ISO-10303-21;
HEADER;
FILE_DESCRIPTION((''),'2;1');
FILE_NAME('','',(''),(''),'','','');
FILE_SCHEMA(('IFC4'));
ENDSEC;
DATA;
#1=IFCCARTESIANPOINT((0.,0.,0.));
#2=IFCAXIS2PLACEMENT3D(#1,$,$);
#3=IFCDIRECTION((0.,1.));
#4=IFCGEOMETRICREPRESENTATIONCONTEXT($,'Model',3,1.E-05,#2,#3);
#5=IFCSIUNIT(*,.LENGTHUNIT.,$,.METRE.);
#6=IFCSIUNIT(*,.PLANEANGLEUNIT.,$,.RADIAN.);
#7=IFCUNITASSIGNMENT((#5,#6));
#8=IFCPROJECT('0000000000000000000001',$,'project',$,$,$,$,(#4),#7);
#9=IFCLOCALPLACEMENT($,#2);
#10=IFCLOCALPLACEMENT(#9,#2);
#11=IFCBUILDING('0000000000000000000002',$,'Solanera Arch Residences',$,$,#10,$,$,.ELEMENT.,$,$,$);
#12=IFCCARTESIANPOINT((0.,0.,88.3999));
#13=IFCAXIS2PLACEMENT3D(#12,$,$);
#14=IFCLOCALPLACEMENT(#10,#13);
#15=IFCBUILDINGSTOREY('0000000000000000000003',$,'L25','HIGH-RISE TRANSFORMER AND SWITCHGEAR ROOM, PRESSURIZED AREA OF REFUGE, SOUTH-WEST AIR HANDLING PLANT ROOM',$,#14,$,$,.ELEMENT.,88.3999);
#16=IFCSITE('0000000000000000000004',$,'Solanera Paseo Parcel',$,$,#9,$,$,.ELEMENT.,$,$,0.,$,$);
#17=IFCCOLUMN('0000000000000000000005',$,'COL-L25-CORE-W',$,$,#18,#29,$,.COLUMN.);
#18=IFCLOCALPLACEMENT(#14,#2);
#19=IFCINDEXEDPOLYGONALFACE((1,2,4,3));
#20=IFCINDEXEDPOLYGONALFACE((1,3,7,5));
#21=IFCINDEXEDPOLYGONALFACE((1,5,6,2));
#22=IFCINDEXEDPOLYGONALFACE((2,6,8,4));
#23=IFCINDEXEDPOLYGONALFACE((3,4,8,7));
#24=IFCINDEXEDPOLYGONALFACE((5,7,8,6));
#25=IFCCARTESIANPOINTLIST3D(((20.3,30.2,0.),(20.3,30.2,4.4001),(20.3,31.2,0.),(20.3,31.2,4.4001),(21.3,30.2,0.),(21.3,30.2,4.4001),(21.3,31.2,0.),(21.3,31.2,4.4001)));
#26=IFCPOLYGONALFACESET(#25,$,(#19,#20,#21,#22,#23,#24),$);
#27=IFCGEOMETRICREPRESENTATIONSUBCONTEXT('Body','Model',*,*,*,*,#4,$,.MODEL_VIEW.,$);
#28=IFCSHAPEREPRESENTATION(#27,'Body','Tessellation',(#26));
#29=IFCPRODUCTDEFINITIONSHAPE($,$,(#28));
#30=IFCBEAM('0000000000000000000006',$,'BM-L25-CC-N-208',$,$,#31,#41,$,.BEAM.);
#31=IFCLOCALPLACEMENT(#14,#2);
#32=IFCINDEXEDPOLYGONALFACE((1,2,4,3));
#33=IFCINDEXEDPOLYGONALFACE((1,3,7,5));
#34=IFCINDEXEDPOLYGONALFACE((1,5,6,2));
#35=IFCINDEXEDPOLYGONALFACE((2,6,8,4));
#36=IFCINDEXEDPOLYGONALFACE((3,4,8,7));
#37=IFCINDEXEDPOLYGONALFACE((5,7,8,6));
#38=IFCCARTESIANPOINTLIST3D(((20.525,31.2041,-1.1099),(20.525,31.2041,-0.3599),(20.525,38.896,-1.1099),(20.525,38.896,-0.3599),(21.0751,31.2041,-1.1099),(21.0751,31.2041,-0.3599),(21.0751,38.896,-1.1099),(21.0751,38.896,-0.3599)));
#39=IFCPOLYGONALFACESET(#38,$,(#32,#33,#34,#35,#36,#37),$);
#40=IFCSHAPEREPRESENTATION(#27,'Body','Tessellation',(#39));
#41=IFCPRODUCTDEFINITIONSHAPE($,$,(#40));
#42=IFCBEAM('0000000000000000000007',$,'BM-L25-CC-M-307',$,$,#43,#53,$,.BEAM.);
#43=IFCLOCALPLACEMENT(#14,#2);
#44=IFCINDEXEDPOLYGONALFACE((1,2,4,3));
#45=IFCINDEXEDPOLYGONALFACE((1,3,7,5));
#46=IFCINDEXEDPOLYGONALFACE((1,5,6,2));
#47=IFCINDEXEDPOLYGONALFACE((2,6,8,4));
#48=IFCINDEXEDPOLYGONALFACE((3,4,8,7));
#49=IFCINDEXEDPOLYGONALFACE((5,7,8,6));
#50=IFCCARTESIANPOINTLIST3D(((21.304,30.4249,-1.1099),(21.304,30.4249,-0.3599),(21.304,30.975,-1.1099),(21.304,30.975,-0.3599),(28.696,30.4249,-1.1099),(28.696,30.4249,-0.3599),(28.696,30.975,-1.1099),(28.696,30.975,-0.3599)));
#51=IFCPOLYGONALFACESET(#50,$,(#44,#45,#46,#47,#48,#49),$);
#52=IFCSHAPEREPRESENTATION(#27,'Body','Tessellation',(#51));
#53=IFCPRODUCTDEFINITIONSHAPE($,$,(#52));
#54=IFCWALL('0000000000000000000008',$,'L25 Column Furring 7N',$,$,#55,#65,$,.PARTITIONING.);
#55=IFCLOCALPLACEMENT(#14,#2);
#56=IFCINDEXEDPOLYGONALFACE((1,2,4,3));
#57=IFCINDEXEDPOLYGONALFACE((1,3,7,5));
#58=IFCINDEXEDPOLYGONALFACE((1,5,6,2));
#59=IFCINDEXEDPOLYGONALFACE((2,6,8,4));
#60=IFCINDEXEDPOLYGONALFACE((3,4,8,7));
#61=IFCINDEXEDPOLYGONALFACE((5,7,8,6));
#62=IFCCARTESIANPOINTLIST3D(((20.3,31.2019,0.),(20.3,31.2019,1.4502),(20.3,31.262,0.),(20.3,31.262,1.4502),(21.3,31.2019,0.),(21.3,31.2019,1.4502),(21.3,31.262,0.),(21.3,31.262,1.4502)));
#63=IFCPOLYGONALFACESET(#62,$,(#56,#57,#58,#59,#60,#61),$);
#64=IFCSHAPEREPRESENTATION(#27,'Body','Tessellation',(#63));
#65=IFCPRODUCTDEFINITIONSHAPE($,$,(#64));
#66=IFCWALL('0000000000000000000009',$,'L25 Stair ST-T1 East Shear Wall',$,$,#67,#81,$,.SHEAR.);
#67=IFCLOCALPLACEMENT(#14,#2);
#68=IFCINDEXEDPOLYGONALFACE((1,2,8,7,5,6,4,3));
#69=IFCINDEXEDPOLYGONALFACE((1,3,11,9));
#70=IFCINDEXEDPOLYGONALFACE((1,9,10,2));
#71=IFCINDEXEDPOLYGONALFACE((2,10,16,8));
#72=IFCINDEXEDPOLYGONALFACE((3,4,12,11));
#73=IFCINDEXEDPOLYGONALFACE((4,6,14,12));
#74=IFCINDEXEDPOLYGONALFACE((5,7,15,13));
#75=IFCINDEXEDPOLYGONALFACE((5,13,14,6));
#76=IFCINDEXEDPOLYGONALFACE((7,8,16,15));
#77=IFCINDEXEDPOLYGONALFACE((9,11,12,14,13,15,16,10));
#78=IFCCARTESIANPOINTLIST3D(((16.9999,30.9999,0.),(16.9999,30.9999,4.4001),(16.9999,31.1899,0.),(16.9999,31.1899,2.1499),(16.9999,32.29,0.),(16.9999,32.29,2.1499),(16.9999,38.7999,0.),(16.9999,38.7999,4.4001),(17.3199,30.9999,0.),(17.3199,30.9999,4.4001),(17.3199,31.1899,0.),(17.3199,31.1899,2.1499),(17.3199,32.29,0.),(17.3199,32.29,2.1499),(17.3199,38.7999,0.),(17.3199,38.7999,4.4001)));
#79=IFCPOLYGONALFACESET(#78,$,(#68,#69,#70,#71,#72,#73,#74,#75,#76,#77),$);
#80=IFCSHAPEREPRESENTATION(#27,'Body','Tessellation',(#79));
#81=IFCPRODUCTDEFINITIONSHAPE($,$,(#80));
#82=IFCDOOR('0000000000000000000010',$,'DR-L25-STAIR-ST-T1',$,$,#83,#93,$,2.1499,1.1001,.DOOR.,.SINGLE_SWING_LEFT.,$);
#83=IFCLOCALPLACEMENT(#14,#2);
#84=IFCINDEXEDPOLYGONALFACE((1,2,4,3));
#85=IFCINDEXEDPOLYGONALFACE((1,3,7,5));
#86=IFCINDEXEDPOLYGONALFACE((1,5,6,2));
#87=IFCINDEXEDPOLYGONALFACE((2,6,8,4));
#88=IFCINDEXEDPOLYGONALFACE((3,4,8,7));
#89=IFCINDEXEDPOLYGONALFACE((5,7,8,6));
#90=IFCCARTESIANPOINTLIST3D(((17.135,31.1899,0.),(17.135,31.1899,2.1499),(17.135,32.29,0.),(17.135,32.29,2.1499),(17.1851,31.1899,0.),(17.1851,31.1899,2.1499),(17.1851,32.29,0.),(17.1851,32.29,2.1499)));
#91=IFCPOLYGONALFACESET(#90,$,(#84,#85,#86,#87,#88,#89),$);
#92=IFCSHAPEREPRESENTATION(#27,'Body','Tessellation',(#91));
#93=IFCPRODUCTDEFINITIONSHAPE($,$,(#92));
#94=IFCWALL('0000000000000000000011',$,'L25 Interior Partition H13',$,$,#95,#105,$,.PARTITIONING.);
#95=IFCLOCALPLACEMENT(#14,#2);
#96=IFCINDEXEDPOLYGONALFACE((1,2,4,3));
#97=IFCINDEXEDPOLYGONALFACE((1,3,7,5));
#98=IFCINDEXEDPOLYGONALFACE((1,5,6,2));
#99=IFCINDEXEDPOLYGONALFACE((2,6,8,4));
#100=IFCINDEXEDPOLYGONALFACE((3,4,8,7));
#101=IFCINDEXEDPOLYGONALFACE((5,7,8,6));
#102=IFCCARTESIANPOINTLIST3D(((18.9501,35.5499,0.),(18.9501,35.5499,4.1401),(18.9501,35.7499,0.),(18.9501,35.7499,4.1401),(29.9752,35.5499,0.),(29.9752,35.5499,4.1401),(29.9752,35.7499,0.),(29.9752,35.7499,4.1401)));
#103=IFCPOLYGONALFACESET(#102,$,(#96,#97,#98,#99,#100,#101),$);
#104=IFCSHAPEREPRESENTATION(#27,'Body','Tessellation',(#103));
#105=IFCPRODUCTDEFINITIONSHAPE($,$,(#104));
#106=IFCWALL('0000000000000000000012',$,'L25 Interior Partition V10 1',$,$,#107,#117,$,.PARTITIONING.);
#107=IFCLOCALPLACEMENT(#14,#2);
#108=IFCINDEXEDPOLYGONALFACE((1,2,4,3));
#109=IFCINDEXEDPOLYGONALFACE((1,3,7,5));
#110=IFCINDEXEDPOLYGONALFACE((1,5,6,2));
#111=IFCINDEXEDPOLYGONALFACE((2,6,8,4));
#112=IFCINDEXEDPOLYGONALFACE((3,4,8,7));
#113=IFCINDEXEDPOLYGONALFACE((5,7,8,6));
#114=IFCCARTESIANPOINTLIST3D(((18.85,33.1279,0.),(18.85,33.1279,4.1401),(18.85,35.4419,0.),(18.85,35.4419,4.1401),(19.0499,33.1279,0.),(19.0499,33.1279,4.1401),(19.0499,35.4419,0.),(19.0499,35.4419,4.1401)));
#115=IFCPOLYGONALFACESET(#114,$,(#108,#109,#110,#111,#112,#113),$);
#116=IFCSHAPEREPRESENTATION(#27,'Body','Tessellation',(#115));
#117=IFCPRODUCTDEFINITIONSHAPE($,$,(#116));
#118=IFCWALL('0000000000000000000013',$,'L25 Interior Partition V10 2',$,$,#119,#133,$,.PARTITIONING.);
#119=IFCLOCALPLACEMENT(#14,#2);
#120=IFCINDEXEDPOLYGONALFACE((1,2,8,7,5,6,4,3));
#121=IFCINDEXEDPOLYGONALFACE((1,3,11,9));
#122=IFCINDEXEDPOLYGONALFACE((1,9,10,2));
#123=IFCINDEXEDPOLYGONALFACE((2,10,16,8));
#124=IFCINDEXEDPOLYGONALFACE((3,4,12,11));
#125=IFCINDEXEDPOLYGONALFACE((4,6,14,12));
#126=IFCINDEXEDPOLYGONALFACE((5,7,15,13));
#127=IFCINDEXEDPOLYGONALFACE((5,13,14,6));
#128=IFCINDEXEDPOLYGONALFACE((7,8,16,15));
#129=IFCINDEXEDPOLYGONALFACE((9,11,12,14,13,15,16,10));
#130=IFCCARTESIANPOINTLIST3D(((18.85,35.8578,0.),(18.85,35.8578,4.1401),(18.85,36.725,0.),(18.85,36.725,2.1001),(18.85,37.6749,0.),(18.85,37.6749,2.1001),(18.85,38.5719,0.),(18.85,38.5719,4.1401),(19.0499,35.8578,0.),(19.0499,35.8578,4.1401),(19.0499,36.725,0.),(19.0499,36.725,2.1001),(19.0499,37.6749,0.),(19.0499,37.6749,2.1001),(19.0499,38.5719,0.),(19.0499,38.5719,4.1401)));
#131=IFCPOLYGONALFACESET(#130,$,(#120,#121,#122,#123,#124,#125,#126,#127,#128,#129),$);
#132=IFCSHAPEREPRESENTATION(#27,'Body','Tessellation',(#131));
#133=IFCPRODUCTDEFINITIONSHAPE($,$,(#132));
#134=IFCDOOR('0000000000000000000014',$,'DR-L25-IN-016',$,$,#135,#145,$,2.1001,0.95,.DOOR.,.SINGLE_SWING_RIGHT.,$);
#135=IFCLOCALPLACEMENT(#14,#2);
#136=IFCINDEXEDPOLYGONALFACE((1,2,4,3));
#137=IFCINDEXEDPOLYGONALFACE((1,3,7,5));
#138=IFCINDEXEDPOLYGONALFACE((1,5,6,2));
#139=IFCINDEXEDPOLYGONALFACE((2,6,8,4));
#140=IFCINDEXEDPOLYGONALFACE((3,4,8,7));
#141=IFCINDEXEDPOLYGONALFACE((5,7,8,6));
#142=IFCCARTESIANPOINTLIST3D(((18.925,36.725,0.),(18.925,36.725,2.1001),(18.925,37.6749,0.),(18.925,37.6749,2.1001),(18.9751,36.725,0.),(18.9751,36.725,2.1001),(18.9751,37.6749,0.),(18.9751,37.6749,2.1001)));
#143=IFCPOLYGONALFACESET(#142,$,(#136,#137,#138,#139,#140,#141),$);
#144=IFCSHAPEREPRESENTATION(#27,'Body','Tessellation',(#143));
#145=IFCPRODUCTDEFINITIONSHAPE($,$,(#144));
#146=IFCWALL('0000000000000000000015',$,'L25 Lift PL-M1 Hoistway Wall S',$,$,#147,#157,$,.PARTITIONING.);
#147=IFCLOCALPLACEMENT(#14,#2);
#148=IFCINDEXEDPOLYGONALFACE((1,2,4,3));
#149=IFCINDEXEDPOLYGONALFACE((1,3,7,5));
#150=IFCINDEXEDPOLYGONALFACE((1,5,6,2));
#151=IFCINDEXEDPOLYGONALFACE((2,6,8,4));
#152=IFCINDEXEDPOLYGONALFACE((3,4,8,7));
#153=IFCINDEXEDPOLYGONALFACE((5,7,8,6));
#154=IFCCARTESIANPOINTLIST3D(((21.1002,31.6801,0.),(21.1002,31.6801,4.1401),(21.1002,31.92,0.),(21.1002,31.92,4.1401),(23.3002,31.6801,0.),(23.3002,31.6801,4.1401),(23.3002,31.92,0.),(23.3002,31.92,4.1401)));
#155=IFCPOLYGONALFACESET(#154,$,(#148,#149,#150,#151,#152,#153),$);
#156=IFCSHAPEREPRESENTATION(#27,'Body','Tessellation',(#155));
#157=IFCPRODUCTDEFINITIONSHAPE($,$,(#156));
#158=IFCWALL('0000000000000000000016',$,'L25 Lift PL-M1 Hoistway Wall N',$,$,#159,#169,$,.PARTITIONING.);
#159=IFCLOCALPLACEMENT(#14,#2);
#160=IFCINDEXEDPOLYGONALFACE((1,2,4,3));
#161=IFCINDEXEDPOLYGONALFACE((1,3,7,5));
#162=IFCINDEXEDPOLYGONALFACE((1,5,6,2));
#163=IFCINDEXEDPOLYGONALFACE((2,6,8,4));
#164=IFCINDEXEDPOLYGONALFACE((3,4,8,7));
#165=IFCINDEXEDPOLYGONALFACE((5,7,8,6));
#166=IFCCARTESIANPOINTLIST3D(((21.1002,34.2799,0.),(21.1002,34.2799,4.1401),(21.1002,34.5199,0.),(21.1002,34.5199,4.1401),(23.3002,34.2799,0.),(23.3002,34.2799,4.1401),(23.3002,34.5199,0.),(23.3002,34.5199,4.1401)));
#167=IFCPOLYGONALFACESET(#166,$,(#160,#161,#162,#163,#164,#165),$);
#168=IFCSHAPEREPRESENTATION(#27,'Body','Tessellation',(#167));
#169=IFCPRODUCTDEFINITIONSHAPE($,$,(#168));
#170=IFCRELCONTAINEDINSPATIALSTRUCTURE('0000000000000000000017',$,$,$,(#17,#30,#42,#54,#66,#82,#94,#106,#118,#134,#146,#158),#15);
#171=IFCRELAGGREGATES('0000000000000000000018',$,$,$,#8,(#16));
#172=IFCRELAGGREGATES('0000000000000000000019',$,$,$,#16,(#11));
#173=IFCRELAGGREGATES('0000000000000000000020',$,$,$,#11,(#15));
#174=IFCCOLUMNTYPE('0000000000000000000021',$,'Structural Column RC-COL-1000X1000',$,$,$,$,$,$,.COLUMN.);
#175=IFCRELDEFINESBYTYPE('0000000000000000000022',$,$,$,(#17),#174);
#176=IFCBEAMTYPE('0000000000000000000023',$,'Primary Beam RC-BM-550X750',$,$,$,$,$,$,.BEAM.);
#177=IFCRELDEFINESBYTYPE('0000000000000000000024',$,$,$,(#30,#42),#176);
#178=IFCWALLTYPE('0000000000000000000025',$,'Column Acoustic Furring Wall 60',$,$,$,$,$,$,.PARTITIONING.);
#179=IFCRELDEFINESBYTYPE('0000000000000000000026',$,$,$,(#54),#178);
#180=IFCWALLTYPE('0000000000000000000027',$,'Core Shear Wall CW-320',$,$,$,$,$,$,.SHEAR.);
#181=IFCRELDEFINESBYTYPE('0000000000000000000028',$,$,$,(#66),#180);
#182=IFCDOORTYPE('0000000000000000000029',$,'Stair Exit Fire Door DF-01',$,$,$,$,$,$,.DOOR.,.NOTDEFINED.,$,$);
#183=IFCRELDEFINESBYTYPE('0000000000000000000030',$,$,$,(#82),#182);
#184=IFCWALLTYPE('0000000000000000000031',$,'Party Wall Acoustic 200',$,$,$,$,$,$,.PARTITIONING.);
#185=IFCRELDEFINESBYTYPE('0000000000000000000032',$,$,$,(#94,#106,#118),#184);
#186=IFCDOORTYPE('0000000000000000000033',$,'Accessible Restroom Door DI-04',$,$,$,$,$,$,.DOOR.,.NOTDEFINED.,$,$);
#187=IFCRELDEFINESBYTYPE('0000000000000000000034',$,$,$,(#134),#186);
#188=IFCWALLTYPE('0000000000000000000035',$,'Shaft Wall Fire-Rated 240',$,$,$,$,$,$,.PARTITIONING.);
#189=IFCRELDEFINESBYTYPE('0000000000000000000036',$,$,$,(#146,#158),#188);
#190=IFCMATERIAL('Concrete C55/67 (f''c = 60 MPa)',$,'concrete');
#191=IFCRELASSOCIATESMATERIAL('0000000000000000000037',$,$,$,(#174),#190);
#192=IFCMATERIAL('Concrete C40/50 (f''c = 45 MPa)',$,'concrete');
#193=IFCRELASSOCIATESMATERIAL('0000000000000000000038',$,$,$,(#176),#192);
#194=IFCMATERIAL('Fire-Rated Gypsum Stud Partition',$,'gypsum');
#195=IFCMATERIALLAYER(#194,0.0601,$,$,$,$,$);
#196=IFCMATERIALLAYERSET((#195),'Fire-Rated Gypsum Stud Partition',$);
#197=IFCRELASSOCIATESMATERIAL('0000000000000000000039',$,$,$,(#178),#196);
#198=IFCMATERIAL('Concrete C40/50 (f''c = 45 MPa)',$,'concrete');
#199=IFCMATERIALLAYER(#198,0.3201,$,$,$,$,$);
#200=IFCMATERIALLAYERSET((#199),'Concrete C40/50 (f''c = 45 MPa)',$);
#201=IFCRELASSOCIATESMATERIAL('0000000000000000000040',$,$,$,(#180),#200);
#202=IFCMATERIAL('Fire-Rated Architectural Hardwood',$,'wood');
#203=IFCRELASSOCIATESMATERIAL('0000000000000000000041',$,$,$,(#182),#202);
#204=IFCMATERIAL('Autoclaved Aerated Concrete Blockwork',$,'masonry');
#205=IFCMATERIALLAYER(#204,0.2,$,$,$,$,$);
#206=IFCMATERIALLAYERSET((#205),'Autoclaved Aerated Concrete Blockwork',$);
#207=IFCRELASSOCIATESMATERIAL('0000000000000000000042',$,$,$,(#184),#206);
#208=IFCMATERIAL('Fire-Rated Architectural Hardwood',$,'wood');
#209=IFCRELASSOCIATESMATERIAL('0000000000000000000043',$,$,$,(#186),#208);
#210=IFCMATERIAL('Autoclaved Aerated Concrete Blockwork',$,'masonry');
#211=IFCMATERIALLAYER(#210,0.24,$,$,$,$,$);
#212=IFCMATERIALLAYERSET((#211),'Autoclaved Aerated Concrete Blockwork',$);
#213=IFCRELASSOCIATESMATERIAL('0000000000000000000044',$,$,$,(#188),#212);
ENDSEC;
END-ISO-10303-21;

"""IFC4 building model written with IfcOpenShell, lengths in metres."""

from ifc_helpers import new_model, si_unit, direction, frame, frame_2d, origin, origin_2d, place, context, subcontext, project, spatial, rectangle, extrude, material, layer, layer_set, material_profile, profile_set, type_object, element, fill, save


model = new_model("IFC4")

# Units and contexts
model_context = context("Model", 3, precision=1e-05, world=origin(), true_north=direction((0.0, 1.0)))
body_context = subcontext(model_context, "Body", "Model", "MODEL_VIEW")
ifc_project = project(units=[si_unit("LENGTHUNIT", "METRE"), si_unit("PLANEANGLEUNIT", "RADIAN")], contexts=[model_context])

# Site, building, storey
site_placement = place(None, origin())
site = spatial("IfcSite", under=ifc_project, at=site_placement, Name="Solanera Paseo Parcel", CompositionType="ELEMENT", RefElevation=0.0)
building_placement = place(site_placement, origin())
building = spatial("IfcBuilding", under=site, at=building_placement, Name="Solanera Arch Residences", CompositionType="ELEMENT")
storey_placement = place(building_placement, frame((0.0, 0.0, 88.3999)))
storey = spatial("IfcBuildingStorey", under=building, at=storey_placement, Name="L25", Description="HIGH-RISE TRANSFORMER AND SWITCHGEAR ROOM, PRESSURIZED AREA OF REFUGE, SOUTH-WEST AIR HANDLING PLANT ROOM", CompositionType="ELEMENT", Elevation=88.3999)

# Column
ifc_material_1 = material(Name="Concrete C55/67 (f'c = 60 MPa)", Category="concrete")
ifc_material_profile_1 = material_profile(ifc_material_1, rectangle(XDim=1.0, YDim=1.0, at=origin_2d()))
ifc_profile_set_1 = profile_set([ifc_material_profile_1], Name="Concrete C55/67 (f'c = 60 MPa)")
column_type = type_object("IfcColumnType", Name="Structural Column RC-COL-1000X1000", PredefinedType="COLUMN", material=ifc_profile_set_1)
column_placement = place(storey_placement, frame((20.8, 30.7, 0.0), z_axis=(0.0, 0.0, 1.0), x_axis=(1.0, 0.0, 0.0)))
element("IfcColumn", 1, at=column_placement, inside=storey, type_object=column_type, Name="COL-L25-CORE-W", PredefinedType="COLUMN", context=body_context, shape_type="SweptSolid", body=[
    extrude(rectangle(XDim=1.0, YDim=1.0, at=origin_2d()), origin(), (0.0, 0.0, 1.0), 4.4001),
])

# Beams
ifc_material_2 = material(Name="Concrete C40/50 (f'c = 45 MPa)", Category="concrete")
ifc_material_profile_2 = material_profile(ifc_material_2, rectangle(XDim=0.55, YDim=0.75, at=origin_2d()))
ifc_profile_set_2 = profile_set([ifc_material_profile_2], Name="Concrete C40/50 (f'c = 45 MPa)")
beam_type = type_object("IfcBeamType", Name="Primary Beam RC-BM-550X750", PredefinedType="BEAM", material=ifc_profile_set_2)
beam_1_placement = place(storey_placement, frame((20.8, 31.2041, -0.7349), z_axis=(0.0, 1.0, 0.0), x_axis=(-1.0, 0.0, 0.0)))
element("IfcBeam", 2, at=beam_1_placement, inside=storey, type_object=beam_type, Name="BM-L25-CC-N-208", PredefinedType="BEAM", context=body_context, shape_type="SweptSolid", body=[
    extrude(rectangle(XDim=0.55, YDim=0.75, at=origin_2d()), origin(), (0.0, 0.0, 1.0), 7.6919),
])
beam_2_placement = place(storey_placement, frame((21.304, 30.7, -0.7349), z_axis=(1.0, 0.0, 0.0), x_axis=(0.0, 1.0, 0.0)))
element("IfcBeam", 3, at=beam_2_placement, inside=storey, type_object=beam_type, Name="BM-L25-CC-M-307", PredefinedType="BEAM", context=body_context, shape_type="SweptSolid", body=[
    extrude(rectangle(XDim=0.55, YDim=0.75, at=origin_2d()), origin(), (0.0, 0.0, 1.0), 7.3921),
])

# Wall
ifc_material_3 = material(Name="Fire-Rated Gypsum Stud Partition", Category="gypsum")
ifc_layer_1 = layer(ifc_material_3, 0.0601)
ifc_layer_set_1 = layer_set([ifc_layer_1], Name="Fire-Rated Gypsum Stud Partition")
wall_type_1 = type_object("IfcWallType", Name="Column Acoustic Furring Wall 60", PredefinedType="PARTITIONING", material=ifc_layer_set_1)
wall_1_placement = place(storey_placement, frame((20.3, 31.2319, 0.0), z_axis=(0.0, 0.0, 1.0), x_axis=(1.0, 0.0, 0.0)))
element("IfcWall", 4, at=wall_1_placement, inside=storey, type_object=wall_type_1, Name="L25 Column Furring 7N", PredefinedType="PARTITIONING", context=body_context, shape_type="SweptSolid", body=[
    extrude(rectangle(XDim=1.0, YDim=0.0601, at=frame_2d((0.5, 0.0))), origin(), (0.0, 0.0, 1.0), 1.4502),
])

# Wall, opening, door
ifc_material_4 = material(Name="Concrete C40/50 (f'c = 45 MPa)", Category="concrete")
ifc_layer_2 = layer(ifc_material_4, 0.3201)
ifc_layer_set_2 = layer_set([ifc_layer_2], Name="Concrete C40/50 (f'c = 45 MPa)")
wall_type_2 = type_object("IfcWallType", Name="Core Shear Wall CW-320", PredefinedType="SHEAR", material=ifc_layer_set_2)
wall_2_placement = place(storey_placement, frame((17.1599, 31.0, 0.0), z_axis=(0.0, 0.0, 1.0), x_axis=(0.0, 1.0, 0.0)))
wall_2 = element("IfcWall", 5, at=wall_2_placement, inside=storey, type_object=wall_type_2, Name="L25 Stair ST-T1 East Shear Wall", PredefinedType="SHEAR", context=body_context, shape_type="SweptSolid", body=[
    extrude(rectangle(XDim=7.8, YDim=0.3201, at=frame_2d((3.8999, 0.0))), origin(), (0.0, 0.0, 1.0), 4.4001),
])
opening_1_placement = place(wall_2_placement, frame((0.1899, 0.0, 0.0)))
opening_1 = element("IfcOpeningElement", 6, at=opening_1_placement, cuts=wall_2, PredefinedType="OPENING", context=body_context, shape_type="SweptSolid", body=[
    extrude(rectangle(XDim=1.1001, YDim=2.1499, at=frame_2d((0.55, 1.075))), frame((0.0, 0.1699, 0.0), z_axis=(0.0, -1.0, 0.0), x_axis=(1.0, 0.0, 0.0)), (0.0, 0.0, 1.0), 0.3401),
])
ifc_material_5 = material(Name="Fire-Rated Architectural Hardwood", Category="wood")
door_type_1 = type_object("IfcDoorType", Name="Stair Exit Fire Door DF-01", OperationType="NOTDEFINED", PredefinedType="DOOR", material=ifc_material_5)
door_1_placement = place(opening_1_placement, origin())
door_1 = element("IfcDoor", 7, at=door_1_placement, inside=storey, type_object=door_type_1, Name="DR-L25-STAIR-ST-T1", OperationType="SINGLE_SWING_LEFT", OverallHeight=2.1499, OverallWidth=1.1001, PredefinedType="DOOR", context=body_context, shape_type="SweptSolid", body=[
    extrude(rectangle(XDim=1.1001, YDim=2.1499, at=frame_2d((0.55, 1.075))), frame((0.0, 0.0249, 0.0), z_axis=(0.0, -1.0, 0.0), x_axis=(1.0, 0.0, 0.0)), (0.0, 0.0, 1.0), 0.05),
])
fill(opening_1, door_1)

# Walls
ifc_material_6 = material(Name="Autoclaved Aerated Concrete Blockwork", Category="masonry")
ifc_layer_3 = layer(ifc_material_6, 0.2)
ifc_layer_set_3 = layer_set([ifc_layer_3], Name="Autoclaved Aerated Concrete Blockwork")
wall_type_3 = type_object("IfcWallType", Name="Party Wall Acoustic 200", PredefinedType="PARTITIONING", material=ifc_layer_set_3)
wall_3_placement = place(storey_placement, frame((18.95, 35.6499, 0.0), z_axis=(0.0, 0.0, 1.0), x_axis=(1.0, 0.0, 0.0)))
element("IfcWall", 8, at=wall_3_placement, inside=storey, type_object=wall_type_3, Name="L25 Interior Partition H13", PredefinedType="PARTITIONING", context=body_context, shape_type="SweptSolid", body=[
    extrude(rectangle(XDim=11.0251, YDim=0.2, at=frame_2d((5.5127, 0.0))), origin(), (0.0, 0.0, 1.0), 4.1401),
])
wall_4_placement = place(storey_placement, frame((18.95, 33.1279, 0.0), z_axis=(0.0, 0.0, 1.0), x_axis=(0.0, 1.0, 0.0)))
element("IfcWall", 9, at=wall_4_placement, inside=storey, type_object=wall_type_3, Name="L25 Interior Partition V10 1", PredefinedType="PARTITIONING", context=body_context, shape_type="SweptSolid", body=[
    extrude(rectangle(XDim=2.314, YDim=0.2, at=frame_2d((1.157, 0.0))), origin(), (0.0, 0.0, 1.0), 4.1401),
])

# Wall, opening, door
wall_5_placement = place(storey_placement, frame((18.95, 35.8579, 0.0), z_axis=(0.0, 0.0, 1.0), x_axis=(0.0, 1.0, 0.0)))
wall_5 = element("IfcWall", 10, at=wall_5_placement, inside=storey, type_object=wall_type_3, Name="L25 Interior Partition V10 2", PredefinedType="PARTITIONING", context=body_context, shape_type="SweptSolid", body=[
    extrude(rectangle(XDim=2.7141, YDim=0.2, at=frame_2d((1.3569, 0.0))), origin(), (0.0, 0.0, 1.0), 4.1401),
])
opening_2_placement = place(wall_5_placement, frame((0.8669, 0.0, 0.0)))
opening_2 = element("IfcOpeningElement", 11, at=opening_2_placement, cuts=wall_5, PredefinedType="OPENING", context=body_context, shape_type="SweptSolid", body=[
    extrude(rectangle(XDim=0.95, YDim=2.1001, at=frame_2d((0.4751, 1.05))), frame((0.0, 0.1101, 0.0), z_axis=(0.0, -1.0, 0.0), x_axis=(1.0, 0.0, 0.0)), (0.0, 0.0, 1.0), 0.22),
])
ifc_material_7 = material(Name="Fire-Rated Architectural Hardwood", Category="wood")
door_type_2 = type_object("IfcDoorType", Name="Accessible Restroom Door DI-04", OperationType="NOTDEFINED", PredefinedType="DOOR", material=ifc_material_7)
door_2_placement = place(opening_2_placement, origin())
door_2 = element("IfcDoor", 12, at=door_2_placement, inside=storey, type_object=door_type_2, Name="DR-L25-IN-016", OperationType="SINGLE_SWING_RIGHT", OverallHeight=2.1001, OverallWidth=0.95, PredefinedType="DOOR", context=body_context, shape_type="SweptSolid", body=[
    extrude(rectangle(XDim=0.95, YDim=2.1001, at=frame_2d((0.4751, 1.05))), frame((0.0, 0.0249, 0.0), z_axis=(0.0, -1.0, 0.0), x_axis=(1.0, 0.0, 0.0)), (0.0, 0.0, 1.0), 0.05),
])
fill(opening_2, door_2)

# Walls
ifc_material_8 = material(Name="Autoclaved Aerated Concrete Blockwork", Category="masonry")
ifc_layer_4 = layer(ifc_material_8, 0.24)
ifc_layer_set_4 = layer_set([ifc_layer_4], Name="Autoclaved Aerated Concrete Blockwork")
wall_type_4 = type_object("IfcWallType", Name="Shaft Wall Fire-Rated 240", PredefinedType="PARTITIONING", material=ifc_layer_set_4)
for number, where, z_axis, x_axis, name in (
    (13, (21.1001, 31.8, 0.0), (0.0, 0.0, 1.0), (1.0, 0.0, 0.0), "L25 Lift PL-M1 Hoistway Wall S"),
    (14, (21.1001, 34.3999, 0.0), (0.0, 0.0, 1.0), (1.0, 0.0, 0.0), "L25 Lift PL-M1 Hoistway Wall N"),
):
    element("IfcWall", number, at=place(storey_placement, frame(where, z_axis=z_axis, x_axis=x_axis)), inside=storey, type_object=wall_type_4, Name=name, PredefinedType="PARTITIONING", context=body_context, shape_type="SweptSolid", body=[
        extrude(rectangle(XDim=2.2, YDim=0.24, at=frame_2d((1.1001, 0.0))), origin(), (0.0, 0.0, 1.0), 4.1401),
    ])

save(model, "model.ifc")
